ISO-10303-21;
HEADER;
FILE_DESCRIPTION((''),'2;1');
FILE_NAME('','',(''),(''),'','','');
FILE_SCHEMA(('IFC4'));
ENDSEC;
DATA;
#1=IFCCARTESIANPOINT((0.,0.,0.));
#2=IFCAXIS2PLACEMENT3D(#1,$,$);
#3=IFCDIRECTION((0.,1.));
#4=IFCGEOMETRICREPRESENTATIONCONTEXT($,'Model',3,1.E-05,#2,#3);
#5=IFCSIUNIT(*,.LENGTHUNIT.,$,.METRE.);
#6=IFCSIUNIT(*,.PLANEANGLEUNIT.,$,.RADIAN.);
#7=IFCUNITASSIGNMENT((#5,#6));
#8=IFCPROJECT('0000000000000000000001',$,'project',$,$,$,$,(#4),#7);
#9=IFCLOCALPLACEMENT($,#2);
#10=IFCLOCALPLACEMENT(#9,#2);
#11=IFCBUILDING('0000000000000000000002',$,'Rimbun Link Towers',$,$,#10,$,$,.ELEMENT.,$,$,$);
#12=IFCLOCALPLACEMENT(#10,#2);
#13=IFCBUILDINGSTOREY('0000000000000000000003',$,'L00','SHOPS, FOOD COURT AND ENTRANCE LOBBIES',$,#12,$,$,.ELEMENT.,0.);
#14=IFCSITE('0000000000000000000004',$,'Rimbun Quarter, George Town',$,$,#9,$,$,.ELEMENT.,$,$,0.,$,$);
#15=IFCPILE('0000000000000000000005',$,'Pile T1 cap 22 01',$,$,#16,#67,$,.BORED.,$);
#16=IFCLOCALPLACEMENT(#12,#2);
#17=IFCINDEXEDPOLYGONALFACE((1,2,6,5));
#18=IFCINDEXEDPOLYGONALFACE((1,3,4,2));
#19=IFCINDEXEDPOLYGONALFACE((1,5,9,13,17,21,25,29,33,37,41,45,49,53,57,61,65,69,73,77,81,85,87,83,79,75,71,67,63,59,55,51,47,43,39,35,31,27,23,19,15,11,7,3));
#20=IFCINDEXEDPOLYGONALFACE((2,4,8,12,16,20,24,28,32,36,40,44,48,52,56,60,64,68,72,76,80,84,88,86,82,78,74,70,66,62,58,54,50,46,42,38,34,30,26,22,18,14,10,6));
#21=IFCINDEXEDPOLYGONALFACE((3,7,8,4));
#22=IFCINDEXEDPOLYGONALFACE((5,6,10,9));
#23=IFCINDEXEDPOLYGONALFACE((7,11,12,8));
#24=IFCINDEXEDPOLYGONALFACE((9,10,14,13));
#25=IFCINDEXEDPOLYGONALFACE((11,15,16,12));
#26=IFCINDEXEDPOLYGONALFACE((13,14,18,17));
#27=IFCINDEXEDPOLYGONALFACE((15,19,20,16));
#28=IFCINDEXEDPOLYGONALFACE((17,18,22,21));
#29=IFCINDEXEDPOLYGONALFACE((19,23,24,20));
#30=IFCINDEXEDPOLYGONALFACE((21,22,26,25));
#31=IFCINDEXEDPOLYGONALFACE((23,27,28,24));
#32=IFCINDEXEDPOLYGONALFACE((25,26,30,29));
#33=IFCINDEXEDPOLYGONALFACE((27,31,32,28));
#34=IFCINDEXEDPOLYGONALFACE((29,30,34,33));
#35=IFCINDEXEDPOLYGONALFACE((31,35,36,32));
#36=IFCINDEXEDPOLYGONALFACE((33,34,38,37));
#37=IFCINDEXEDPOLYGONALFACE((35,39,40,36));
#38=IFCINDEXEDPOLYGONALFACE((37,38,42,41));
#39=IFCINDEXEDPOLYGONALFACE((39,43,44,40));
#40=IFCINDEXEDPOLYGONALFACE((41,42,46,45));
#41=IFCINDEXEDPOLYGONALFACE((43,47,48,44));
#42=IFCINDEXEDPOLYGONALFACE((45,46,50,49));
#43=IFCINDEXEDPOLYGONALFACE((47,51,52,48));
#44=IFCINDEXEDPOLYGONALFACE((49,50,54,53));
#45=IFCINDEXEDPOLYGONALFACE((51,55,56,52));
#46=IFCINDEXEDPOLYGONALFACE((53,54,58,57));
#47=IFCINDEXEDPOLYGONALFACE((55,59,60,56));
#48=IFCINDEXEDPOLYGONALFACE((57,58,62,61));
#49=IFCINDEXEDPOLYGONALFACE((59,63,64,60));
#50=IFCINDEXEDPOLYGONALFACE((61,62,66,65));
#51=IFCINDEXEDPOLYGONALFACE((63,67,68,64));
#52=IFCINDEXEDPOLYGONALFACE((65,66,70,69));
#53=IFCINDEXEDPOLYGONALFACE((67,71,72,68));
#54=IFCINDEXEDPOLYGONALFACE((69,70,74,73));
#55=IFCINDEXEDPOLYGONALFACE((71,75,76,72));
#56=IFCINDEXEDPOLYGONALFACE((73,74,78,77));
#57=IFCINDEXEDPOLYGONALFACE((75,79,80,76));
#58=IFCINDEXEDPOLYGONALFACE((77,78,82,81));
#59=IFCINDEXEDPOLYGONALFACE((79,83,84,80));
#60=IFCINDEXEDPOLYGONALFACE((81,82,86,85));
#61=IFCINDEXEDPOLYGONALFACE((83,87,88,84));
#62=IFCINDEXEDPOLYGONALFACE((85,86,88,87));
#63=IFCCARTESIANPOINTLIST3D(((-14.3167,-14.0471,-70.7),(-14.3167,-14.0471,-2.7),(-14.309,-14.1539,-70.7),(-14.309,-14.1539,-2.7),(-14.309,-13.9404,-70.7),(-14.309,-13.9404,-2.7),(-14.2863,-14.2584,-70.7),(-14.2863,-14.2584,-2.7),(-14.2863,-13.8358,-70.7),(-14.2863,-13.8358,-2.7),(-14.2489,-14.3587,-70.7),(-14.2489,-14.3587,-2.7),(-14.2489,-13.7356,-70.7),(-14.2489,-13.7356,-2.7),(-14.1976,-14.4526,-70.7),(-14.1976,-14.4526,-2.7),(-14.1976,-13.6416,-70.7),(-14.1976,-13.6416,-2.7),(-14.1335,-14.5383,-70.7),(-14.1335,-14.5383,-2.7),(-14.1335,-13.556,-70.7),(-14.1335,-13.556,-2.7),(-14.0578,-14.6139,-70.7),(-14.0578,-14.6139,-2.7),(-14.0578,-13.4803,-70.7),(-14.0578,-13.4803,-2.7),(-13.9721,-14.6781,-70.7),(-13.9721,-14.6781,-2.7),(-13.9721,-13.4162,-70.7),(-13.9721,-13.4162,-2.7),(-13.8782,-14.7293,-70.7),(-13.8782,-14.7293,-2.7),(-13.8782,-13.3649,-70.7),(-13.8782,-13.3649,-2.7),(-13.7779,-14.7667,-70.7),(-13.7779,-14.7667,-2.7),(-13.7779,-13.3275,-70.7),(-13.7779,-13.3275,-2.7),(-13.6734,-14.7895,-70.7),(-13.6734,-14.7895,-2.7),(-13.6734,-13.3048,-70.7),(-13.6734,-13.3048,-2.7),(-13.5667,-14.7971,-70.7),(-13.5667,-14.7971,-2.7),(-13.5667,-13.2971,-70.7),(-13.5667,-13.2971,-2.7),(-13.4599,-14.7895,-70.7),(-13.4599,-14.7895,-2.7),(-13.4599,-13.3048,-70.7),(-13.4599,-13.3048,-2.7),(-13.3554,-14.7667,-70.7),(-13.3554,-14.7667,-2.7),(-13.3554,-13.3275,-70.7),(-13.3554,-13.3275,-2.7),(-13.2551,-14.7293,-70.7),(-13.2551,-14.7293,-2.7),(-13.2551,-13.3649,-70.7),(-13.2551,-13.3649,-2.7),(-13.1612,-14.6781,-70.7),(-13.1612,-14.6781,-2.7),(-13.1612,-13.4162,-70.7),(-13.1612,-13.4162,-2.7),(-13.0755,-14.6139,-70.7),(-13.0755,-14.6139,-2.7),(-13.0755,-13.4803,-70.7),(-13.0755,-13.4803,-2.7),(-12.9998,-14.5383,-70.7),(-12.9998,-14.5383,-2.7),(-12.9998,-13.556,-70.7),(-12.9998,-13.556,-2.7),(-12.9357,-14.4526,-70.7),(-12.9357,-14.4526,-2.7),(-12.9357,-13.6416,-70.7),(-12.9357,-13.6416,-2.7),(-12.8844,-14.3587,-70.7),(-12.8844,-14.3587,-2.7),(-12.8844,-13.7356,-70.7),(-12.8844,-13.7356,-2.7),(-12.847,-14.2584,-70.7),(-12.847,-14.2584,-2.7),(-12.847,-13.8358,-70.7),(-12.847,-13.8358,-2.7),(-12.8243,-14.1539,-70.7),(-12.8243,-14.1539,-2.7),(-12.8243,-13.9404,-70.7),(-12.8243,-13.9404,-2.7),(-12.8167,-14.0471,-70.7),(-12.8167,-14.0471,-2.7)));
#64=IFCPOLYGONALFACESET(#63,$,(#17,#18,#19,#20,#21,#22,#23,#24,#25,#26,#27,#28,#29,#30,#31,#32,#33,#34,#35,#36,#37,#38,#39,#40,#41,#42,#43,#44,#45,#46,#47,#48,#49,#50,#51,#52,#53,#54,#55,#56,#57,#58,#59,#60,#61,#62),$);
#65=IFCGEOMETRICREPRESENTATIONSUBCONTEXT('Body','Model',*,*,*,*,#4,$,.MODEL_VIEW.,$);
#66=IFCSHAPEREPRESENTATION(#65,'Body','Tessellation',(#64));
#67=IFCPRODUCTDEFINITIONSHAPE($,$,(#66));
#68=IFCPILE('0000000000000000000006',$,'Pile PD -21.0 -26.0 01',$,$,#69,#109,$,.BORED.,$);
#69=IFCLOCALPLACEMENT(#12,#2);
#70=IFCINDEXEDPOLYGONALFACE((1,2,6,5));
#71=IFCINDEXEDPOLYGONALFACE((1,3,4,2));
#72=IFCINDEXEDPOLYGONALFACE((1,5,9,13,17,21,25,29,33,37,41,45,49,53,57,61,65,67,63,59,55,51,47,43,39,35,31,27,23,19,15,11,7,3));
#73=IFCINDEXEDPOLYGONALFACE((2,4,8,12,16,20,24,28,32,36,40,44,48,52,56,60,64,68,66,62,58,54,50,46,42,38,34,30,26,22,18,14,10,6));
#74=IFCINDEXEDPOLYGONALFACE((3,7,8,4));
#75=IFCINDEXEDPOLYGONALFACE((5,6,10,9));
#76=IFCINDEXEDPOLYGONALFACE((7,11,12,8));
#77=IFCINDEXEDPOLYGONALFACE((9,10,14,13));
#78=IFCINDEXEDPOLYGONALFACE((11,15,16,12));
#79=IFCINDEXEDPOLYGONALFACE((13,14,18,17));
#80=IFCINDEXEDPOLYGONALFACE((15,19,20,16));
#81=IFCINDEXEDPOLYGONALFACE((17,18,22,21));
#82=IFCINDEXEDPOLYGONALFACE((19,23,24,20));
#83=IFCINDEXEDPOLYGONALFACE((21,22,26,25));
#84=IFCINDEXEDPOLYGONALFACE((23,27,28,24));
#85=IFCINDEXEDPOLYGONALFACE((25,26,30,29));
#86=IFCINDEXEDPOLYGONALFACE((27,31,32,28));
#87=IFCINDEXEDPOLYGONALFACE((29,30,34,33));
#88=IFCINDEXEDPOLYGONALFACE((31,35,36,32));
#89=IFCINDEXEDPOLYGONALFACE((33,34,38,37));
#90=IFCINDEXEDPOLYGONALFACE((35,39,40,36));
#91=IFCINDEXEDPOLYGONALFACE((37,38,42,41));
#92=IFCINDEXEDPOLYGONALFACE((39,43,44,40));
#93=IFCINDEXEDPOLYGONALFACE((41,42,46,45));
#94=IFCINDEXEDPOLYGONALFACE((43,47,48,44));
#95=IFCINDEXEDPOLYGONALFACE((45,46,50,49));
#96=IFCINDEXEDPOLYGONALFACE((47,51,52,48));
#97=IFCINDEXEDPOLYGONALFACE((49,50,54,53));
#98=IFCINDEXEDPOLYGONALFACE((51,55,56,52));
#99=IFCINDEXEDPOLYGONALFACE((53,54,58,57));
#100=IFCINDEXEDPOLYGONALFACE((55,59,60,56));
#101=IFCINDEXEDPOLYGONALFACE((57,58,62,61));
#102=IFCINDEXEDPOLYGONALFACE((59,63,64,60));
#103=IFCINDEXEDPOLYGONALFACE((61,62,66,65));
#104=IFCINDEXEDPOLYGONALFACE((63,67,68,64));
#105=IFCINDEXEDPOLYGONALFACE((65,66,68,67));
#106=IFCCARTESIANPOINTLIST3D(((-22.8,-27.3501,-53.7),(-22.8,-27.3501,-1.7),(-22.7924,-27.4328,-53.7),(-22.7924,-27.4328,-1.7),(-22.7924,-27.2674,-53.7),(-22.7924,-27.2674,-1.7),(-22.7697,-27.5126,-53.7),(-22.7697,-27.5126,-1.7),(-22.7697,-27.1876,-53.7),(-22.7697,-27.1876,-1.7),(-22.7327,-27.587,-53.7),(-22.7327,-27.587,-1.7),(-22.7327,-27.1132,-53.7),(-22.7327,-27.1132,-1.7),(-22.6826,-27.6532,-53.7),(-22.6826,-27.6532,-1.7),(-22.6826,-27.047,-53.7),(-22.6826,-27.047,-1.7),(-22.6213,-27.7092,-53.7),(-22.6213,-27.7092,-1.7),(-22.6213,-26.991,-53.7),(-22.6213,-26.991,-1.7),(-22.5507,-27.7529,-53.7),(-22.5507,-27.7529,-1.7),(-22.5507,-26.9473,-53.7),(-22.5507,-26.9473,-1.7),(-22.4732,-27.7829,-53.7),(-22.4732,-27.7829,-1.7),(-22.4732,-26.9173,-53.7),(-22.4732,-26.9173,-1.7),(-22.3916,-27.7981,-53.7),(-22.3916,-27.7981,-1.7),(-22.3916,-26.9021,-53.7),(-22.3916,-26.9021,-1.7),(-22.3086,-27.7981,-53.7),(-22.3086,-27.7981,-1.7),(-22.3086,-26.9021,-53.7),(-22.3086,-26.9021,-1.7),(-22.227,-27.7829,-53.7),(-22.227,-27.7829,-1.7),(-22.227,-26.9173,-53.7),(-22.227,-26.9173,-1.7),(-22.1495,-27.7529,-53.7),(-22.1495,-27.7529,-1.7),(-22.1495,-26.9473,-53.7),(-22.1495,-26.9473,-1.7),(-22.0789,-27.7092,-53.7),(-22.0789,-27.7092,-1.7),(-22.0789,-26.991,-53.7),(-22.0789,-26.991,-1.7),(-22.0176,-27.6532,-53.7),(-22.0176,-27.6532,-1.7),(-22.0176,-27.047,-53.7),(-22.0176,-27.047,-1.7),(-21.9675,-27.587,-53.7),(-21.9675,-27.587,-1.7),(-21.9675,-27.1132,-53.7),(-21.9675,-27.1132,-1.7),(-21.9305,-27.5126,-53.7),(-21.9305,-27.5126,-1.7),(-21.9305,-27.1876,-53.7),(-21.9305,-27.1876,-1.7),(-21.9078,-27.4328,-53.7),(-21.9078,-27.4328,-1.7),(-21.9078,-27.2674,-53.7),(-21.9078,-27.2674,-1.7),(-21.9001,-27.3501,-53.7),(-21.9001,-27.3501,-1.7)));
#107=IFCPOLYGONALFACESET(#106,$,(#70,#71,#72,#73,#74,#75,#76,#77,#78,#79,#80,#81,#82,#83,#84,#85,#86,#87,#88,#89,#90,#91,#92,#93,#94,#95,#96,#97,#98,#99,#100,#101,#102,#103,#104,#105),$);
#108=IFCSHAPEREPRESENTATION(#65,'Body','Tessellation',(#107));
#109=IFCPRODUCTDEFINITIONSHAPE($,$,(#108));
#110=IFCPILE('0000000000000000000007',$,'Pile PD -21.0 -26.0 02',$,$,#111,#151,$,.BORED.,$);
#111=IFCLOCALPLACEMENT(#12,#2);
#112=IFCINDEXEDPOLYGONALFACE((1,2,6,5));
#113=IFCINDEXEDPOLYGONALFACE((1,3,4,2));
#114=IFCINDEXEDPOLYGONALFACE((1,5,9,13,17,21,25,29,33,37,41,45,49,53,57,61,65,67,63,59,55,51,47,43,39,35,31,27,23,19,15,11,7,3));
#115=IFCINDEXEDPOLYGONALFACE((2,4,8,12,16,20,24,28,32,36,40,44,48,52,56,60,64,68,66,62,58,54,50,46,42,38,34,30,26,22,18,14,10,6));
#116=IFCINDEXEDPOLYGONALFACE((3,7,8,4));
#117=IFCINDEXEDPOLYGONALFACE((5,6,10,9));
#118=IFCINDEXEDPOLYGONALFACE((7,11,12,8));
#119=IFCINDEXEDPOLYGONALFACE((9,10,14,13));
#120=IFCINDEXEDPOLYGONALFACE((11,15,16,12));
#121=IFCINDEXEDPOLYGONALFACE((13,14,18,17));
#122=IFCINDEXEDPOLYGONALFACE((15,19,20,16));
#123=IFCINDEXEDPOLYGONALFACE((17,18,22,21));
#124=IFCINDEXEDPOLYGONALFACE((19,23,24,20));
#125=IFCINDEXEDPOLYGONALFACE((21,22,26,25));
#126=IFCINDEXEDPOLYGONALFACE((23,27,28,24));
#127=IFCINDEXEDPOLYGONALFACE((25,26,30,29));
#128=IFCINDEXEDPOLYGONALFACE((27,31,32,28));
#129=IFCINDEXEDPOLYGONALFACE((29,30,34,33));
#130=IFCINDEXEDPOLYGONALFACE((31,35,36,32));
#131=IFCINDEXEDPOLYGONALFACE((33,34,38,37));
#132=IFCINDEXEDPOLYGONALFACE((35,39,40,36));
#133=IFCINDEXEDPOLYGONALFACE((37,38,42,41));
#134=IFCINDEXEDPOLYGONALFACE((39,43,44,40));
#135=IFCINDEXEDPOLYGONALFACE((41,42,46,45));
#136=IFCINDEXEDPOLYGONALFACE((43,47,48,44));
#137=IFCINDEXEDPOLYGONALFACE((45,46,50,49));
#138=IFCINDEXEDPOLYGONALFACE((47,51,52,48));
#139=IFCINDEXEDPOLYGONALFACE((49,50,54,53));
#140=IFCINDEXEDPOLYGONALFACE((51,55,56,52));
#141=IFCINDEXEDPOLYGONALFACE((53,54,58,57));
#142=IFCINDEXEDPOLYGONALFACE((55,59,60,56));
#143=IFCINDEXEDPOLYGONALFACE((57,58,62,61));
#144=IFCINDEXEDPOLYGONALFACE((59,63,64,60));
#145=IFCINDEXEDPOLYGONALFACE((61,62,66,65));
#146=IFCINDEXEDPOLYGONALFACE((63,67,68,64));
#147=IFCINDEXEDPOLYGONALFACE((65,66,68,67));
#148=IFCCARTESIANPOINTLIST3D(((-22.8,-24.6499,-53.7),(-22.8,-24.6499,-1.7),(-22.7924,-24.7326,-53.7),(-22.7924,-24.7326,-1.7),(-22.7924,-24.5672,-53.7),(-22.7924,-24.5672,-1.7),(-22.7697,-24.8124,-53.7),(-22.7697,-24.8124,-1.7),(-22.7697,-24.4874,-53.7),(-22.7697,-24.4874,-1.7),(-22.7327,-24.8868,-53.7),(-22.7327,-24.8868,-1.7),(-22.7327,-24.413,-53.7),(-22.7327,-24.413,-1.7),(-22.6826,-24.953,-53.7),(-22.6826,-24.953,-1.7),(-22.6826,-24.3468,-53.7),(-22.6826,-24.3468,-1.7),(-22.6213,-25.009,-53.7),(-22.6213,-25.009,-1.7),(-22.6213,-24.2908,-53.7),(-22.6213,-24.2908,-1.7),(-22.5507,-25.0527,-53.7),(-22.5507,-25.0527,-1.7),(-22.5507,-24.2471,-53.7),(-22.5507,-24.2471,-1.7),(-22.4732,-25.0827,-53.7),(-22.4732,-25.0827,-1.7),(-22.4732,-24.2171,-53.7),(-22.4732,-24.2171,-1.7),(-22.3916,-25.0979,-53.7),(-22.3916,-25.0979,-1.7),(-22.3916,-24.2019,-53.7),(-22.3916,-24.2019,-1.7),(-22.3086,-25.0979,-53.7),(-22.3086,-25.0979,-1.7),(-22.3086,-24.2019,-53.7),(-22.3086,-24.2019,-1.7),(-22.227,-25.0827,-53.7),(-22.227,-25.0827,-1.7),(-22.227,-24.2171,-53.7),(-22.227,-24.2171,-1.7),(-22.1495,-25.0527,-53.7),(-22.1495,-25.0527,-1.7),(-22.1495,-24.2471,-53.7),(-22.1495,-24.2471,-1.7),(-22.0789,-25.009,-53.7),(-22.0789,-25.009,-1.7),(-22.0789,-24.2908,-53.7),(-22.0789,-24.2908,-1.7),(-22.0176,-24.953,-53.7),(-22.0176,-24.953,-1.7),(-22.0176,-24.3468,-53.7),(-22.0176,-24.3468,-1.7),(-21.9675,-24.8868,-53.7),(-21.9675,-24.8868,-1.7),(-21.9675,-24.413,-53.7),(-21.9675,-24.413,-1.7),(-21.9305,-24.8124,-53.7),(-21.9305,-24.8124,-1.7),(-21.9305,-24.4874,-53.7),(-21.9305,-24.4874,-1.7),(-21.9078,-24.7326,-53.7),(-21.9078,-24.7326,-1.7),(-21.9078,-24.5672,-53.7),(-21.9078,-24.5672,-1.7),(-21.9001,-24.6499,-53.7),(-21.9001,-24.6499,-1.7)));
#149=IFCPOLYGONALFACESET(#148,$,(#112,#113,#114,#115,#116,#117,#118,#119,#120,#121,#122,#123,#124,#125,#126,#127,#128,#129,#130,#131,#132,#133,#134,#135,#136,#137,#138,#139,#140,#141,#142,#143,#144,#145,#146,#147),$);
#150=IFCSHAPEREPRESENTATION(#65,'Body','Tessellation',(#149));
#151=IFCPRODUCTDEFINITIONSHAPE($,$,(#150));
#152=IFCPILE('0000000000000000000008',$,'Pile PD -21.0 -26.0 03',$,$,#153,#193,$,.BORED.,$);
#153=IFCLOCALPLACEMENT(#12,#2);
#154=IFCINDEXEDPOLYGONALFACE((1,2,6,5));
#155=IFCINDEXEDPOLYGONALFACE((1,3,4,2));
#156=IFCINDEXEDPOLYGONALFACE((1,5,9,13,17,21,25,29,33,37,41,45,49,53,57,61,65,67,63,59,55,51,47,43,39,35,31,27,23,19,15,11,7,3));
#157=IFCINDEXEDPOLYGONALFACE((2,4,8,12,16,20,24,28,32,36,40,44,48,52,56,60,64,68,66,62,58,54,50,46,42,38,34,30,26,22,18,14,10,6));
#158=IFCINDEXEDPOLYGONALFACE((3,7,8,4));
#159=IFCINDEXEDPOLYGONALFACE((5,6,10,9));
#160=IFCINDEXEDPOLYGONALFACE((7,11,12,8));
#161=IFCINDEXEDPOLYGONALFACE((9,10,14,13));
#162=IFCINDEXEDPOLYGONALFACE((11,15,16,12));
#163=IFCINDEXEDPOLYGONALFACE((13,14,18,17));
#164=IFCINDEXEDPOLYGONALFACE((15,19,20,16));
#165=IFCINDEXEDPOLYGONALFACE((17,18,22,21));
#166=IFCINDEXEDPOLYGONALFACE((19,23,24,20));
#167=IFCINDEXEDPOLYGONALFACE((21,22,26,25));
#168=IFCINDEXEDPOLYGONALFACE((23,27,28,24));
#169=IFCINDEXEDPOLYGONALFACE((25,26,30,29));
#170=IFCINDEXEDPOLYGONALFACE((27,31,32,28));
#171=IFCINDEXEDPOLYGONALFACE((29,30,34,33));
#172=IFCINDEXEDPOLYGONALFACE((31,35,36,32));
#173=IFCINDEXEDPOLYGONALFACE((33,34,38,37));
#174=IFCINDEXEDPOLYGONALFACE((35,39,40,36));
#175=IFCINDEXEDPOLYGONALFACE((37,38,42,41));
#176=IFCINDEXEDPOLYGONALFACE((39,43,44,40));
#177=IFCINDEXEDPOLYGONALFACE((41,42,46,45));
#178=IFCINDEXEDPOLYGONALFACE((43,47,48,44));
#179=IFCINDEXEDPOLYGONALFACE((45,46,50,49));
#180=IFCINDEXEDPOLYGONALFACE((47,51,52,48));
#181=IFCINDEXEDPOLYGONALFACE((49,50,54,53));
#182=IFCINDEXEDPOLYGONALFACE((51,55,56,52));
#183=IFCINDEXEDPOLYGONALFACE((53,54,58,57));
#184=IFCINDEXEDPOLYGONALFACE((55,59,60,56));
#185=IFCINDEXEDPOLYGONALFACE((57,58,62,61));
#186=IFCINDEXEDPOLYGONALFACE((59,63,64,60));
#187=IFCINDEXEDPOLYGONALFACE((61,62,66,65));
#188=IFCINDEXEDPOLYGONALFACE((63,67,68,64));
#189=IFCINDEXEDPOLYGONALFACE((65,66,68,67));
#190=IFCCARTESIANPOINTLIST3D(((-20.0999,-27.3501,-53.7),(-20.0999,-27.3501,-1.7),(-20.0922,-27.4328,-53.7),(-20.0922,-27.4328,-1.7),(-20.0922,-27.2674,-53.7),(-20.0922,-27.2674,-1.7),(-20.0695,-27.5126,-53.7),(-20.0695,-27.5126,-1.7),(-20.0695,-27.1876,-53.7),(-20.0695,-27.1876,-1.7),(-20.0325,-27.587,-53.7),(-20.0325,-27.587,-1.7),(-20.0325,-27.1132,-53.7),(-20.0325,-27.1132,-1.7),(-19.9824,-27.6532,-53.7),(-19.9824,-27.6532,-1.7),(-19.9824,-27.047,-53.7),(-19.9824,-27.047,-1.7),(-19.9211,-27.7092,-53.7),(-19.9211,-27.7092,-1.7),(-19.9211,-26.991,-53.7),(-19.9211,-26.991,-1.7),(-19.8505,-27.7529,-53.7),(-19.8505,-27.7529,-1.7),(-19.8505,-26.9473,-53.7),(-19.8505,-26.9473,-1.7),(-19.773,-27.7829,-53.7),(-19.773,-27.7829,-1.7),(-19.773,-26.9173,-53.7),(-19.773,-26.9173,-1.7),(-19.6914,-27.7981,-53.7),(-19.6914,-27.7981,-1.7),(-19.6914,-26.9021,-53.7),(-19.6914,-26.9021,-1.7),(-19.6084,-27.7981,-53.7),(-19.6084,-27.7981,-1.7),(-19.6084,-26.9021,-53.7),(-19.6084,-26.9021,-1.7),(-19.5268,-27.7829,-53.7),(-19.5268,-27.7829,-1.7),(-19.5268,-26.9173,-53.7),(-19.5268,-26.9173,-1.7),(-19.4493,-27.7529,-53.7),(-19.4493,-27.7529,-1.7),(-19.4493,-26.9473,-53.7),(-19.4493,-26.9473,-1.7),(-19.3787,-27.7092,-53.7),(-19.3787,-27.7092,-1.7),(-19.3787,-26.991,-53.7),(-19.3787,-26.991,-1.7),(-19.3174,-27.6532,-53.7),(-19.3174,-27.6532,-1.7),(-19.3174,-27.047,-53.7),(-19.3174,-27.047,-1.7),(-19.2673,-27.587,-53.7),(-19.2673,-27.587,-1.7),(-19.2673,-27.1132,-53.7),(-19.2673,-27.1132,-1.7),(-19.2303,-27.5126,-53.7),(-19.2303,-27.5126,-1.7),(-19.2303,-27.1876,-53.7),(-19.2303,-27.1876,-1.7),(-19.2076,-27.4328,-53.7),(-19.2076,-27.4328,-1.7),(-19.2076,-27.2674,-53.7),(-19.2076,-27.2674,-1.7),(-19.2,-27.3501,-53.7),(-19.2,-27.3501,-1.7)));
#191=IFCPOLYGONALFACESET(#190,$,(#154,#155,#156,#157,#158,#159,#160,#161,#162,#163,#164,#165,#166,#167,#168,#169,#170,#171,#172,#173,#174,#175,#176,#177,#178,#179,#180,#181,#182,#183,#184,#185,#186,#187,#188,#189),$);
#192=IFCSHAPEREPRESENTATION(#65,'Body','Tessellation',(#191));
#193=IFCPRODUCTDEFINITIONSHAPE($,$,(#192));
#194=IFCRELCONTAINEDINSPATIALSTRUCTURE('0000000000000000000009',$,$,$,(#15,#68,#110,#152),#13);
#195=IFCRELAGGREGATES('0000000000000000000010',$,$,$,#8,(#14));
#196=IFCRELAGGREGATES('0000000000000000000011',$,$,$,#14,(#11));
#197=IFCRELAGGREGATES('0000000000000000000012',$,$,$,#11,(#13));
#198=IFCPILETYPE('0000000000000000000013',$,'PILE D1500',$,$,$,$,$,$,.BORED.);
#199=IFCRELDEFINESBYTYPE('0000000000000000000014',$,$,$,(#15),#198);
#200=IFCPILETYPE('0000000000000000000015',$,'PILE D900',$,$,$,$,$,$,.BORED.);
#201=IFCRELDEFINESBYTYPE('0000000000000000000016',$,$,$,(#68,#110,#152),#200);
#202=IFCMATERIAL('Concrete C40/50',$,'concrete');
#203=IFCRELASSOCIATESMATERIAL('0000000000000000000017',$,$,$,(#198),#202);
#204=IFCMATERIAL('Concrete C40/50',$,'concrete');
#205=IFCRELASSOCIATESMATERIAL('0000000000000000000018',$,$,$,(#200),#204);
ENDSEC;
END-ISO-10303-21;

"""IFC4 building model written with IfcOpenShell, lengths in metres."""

from ifc_helpers import new_model, si_unit, direction, frame, origin, origin_2d, place, context, subcontext, project, spatial, circle, extrude, material, material_profile, profile_set, type_object, element, save


model = new_model("IFC4")

# Units and contexts
model_context = context("Model", 3, precision=1e-05, world=origin(), true_north=direction((0.0, 1.0)))
body_context = subcontext(model_context, "Body", "Model", "MODEL_VIEW")
ifc_project = project(units=[si_unit("LENGTHUNIT", "METRE"), si_unit("PLANEANGLEUNIT", "RADIAN")], contexts=[model_context])

# Site, building, storey
site_placement = place(None, origin())
site = spatial("IfcSite", under=ifc_project, at=site_placement, Name="Rimbun Quarter, George Town", CompositionType="ELEMENT", RefElevation=0.0)
building_placement = place(site_placement, origin())
building = spatial("IfcBuilding", under=site, at=building_placement, Name="Rimbun Link Towers", CompositionType="ELEMENT")
storey_placement = place(building_placement, origin())
storey = spatial("IfcBuildingStorey", under=building, at=storey_placement, Name="L00", Description="SHOPS, FOOD COURT AND ENTRANCE LOBBIES", CompositionType="ELEMENT", Elevation=0.0)

# Piles
ifc_material_1 = material(Name="Concrete C40/50", Category="concrete")
ifc_material_profile_1 = material_profile(ifc_material_1, circle(Radius=0.75, at=origin_2d()), Name="PILE D1500")
ifc_profile_set_1 = profile_set([ifc_material_profile_1], Name="Concrete C40/50")
pile_type_1 = type_object("IfcPileType", Name="PILE D1500", PredefinedType="BORED", material=ifc_profile_set_1)
for number, where, z_axis, x_axis, name in (
    (1, (-13.5667, -14.0471, -2.7), (0.0, 0.0, -1.0), (1.0, 0.0, 0.0), "Pile T1 cap 22 01"),
):
    element("IfcPile", number, at=place(storey_placement, frame(where, z_axis=z_axis, x_axis=x_axis)), inside=storey, type_object=pile_type_1, Name=name, PredefinedType="BORED", context=body_context, shape_type="SweptSolid", body=[
        extrude(circle(Radius=0.75, at=origin_2d()), origin(), (0.0, 0.0, 1.0), 68.0),
    ])
ifc_material_2 = material(Name="Concrete C40/50", Category="concrete")
ifc_material_profile_2 = material_profile(ifc_material_2, circle(Radius=0.45, at=origin_2d()), Name="PILE D900")
ifc_profile_set_2 = profile_set([ifc_material_profile_2], Name="Concrete C40/50")
pile_type_2 = type_object("IfcPileType", Name="PILE D900", PredefinedType="BORED", material=ifc_profile_set_2)
for number, where, z_axis, x_axis, name in (
    (2, (-22.3501, -27.3501, -1.7), (0.0, 0.0, -1.0), (1.0, 0.0, 0.0), "Pile PD -21.0 -26.0 01"),
    (3, (-22.3501, -24.6499, -1.7), (0.0, 0.0, -1.0), (1.0, 0.0, 0.0), "Pile PD -21.0 -26.0 02"),
    (4, (-19.6499, -27.3501, -1.7), (0.0, 0.0, -1.0), (1.0, 0.0, 0.0), "Pile PD -21.0 -26.0 03"),
):
    element("IfcPile", number, at=place(storey_placement, frame(where, z_axis=z_axis, x_axis=x_axis)), inside=storey, type_object=pile_type_2, Name=name, PredefinedType="BORED", context=body_context, shape_type="SweptSolid", body=[
        extrude(circle(Radius=0.45, at=origin_2d()), origin(), (0.0, 0.0, 1.0), 52.0),
    ])

save(model, "model.ifc")
